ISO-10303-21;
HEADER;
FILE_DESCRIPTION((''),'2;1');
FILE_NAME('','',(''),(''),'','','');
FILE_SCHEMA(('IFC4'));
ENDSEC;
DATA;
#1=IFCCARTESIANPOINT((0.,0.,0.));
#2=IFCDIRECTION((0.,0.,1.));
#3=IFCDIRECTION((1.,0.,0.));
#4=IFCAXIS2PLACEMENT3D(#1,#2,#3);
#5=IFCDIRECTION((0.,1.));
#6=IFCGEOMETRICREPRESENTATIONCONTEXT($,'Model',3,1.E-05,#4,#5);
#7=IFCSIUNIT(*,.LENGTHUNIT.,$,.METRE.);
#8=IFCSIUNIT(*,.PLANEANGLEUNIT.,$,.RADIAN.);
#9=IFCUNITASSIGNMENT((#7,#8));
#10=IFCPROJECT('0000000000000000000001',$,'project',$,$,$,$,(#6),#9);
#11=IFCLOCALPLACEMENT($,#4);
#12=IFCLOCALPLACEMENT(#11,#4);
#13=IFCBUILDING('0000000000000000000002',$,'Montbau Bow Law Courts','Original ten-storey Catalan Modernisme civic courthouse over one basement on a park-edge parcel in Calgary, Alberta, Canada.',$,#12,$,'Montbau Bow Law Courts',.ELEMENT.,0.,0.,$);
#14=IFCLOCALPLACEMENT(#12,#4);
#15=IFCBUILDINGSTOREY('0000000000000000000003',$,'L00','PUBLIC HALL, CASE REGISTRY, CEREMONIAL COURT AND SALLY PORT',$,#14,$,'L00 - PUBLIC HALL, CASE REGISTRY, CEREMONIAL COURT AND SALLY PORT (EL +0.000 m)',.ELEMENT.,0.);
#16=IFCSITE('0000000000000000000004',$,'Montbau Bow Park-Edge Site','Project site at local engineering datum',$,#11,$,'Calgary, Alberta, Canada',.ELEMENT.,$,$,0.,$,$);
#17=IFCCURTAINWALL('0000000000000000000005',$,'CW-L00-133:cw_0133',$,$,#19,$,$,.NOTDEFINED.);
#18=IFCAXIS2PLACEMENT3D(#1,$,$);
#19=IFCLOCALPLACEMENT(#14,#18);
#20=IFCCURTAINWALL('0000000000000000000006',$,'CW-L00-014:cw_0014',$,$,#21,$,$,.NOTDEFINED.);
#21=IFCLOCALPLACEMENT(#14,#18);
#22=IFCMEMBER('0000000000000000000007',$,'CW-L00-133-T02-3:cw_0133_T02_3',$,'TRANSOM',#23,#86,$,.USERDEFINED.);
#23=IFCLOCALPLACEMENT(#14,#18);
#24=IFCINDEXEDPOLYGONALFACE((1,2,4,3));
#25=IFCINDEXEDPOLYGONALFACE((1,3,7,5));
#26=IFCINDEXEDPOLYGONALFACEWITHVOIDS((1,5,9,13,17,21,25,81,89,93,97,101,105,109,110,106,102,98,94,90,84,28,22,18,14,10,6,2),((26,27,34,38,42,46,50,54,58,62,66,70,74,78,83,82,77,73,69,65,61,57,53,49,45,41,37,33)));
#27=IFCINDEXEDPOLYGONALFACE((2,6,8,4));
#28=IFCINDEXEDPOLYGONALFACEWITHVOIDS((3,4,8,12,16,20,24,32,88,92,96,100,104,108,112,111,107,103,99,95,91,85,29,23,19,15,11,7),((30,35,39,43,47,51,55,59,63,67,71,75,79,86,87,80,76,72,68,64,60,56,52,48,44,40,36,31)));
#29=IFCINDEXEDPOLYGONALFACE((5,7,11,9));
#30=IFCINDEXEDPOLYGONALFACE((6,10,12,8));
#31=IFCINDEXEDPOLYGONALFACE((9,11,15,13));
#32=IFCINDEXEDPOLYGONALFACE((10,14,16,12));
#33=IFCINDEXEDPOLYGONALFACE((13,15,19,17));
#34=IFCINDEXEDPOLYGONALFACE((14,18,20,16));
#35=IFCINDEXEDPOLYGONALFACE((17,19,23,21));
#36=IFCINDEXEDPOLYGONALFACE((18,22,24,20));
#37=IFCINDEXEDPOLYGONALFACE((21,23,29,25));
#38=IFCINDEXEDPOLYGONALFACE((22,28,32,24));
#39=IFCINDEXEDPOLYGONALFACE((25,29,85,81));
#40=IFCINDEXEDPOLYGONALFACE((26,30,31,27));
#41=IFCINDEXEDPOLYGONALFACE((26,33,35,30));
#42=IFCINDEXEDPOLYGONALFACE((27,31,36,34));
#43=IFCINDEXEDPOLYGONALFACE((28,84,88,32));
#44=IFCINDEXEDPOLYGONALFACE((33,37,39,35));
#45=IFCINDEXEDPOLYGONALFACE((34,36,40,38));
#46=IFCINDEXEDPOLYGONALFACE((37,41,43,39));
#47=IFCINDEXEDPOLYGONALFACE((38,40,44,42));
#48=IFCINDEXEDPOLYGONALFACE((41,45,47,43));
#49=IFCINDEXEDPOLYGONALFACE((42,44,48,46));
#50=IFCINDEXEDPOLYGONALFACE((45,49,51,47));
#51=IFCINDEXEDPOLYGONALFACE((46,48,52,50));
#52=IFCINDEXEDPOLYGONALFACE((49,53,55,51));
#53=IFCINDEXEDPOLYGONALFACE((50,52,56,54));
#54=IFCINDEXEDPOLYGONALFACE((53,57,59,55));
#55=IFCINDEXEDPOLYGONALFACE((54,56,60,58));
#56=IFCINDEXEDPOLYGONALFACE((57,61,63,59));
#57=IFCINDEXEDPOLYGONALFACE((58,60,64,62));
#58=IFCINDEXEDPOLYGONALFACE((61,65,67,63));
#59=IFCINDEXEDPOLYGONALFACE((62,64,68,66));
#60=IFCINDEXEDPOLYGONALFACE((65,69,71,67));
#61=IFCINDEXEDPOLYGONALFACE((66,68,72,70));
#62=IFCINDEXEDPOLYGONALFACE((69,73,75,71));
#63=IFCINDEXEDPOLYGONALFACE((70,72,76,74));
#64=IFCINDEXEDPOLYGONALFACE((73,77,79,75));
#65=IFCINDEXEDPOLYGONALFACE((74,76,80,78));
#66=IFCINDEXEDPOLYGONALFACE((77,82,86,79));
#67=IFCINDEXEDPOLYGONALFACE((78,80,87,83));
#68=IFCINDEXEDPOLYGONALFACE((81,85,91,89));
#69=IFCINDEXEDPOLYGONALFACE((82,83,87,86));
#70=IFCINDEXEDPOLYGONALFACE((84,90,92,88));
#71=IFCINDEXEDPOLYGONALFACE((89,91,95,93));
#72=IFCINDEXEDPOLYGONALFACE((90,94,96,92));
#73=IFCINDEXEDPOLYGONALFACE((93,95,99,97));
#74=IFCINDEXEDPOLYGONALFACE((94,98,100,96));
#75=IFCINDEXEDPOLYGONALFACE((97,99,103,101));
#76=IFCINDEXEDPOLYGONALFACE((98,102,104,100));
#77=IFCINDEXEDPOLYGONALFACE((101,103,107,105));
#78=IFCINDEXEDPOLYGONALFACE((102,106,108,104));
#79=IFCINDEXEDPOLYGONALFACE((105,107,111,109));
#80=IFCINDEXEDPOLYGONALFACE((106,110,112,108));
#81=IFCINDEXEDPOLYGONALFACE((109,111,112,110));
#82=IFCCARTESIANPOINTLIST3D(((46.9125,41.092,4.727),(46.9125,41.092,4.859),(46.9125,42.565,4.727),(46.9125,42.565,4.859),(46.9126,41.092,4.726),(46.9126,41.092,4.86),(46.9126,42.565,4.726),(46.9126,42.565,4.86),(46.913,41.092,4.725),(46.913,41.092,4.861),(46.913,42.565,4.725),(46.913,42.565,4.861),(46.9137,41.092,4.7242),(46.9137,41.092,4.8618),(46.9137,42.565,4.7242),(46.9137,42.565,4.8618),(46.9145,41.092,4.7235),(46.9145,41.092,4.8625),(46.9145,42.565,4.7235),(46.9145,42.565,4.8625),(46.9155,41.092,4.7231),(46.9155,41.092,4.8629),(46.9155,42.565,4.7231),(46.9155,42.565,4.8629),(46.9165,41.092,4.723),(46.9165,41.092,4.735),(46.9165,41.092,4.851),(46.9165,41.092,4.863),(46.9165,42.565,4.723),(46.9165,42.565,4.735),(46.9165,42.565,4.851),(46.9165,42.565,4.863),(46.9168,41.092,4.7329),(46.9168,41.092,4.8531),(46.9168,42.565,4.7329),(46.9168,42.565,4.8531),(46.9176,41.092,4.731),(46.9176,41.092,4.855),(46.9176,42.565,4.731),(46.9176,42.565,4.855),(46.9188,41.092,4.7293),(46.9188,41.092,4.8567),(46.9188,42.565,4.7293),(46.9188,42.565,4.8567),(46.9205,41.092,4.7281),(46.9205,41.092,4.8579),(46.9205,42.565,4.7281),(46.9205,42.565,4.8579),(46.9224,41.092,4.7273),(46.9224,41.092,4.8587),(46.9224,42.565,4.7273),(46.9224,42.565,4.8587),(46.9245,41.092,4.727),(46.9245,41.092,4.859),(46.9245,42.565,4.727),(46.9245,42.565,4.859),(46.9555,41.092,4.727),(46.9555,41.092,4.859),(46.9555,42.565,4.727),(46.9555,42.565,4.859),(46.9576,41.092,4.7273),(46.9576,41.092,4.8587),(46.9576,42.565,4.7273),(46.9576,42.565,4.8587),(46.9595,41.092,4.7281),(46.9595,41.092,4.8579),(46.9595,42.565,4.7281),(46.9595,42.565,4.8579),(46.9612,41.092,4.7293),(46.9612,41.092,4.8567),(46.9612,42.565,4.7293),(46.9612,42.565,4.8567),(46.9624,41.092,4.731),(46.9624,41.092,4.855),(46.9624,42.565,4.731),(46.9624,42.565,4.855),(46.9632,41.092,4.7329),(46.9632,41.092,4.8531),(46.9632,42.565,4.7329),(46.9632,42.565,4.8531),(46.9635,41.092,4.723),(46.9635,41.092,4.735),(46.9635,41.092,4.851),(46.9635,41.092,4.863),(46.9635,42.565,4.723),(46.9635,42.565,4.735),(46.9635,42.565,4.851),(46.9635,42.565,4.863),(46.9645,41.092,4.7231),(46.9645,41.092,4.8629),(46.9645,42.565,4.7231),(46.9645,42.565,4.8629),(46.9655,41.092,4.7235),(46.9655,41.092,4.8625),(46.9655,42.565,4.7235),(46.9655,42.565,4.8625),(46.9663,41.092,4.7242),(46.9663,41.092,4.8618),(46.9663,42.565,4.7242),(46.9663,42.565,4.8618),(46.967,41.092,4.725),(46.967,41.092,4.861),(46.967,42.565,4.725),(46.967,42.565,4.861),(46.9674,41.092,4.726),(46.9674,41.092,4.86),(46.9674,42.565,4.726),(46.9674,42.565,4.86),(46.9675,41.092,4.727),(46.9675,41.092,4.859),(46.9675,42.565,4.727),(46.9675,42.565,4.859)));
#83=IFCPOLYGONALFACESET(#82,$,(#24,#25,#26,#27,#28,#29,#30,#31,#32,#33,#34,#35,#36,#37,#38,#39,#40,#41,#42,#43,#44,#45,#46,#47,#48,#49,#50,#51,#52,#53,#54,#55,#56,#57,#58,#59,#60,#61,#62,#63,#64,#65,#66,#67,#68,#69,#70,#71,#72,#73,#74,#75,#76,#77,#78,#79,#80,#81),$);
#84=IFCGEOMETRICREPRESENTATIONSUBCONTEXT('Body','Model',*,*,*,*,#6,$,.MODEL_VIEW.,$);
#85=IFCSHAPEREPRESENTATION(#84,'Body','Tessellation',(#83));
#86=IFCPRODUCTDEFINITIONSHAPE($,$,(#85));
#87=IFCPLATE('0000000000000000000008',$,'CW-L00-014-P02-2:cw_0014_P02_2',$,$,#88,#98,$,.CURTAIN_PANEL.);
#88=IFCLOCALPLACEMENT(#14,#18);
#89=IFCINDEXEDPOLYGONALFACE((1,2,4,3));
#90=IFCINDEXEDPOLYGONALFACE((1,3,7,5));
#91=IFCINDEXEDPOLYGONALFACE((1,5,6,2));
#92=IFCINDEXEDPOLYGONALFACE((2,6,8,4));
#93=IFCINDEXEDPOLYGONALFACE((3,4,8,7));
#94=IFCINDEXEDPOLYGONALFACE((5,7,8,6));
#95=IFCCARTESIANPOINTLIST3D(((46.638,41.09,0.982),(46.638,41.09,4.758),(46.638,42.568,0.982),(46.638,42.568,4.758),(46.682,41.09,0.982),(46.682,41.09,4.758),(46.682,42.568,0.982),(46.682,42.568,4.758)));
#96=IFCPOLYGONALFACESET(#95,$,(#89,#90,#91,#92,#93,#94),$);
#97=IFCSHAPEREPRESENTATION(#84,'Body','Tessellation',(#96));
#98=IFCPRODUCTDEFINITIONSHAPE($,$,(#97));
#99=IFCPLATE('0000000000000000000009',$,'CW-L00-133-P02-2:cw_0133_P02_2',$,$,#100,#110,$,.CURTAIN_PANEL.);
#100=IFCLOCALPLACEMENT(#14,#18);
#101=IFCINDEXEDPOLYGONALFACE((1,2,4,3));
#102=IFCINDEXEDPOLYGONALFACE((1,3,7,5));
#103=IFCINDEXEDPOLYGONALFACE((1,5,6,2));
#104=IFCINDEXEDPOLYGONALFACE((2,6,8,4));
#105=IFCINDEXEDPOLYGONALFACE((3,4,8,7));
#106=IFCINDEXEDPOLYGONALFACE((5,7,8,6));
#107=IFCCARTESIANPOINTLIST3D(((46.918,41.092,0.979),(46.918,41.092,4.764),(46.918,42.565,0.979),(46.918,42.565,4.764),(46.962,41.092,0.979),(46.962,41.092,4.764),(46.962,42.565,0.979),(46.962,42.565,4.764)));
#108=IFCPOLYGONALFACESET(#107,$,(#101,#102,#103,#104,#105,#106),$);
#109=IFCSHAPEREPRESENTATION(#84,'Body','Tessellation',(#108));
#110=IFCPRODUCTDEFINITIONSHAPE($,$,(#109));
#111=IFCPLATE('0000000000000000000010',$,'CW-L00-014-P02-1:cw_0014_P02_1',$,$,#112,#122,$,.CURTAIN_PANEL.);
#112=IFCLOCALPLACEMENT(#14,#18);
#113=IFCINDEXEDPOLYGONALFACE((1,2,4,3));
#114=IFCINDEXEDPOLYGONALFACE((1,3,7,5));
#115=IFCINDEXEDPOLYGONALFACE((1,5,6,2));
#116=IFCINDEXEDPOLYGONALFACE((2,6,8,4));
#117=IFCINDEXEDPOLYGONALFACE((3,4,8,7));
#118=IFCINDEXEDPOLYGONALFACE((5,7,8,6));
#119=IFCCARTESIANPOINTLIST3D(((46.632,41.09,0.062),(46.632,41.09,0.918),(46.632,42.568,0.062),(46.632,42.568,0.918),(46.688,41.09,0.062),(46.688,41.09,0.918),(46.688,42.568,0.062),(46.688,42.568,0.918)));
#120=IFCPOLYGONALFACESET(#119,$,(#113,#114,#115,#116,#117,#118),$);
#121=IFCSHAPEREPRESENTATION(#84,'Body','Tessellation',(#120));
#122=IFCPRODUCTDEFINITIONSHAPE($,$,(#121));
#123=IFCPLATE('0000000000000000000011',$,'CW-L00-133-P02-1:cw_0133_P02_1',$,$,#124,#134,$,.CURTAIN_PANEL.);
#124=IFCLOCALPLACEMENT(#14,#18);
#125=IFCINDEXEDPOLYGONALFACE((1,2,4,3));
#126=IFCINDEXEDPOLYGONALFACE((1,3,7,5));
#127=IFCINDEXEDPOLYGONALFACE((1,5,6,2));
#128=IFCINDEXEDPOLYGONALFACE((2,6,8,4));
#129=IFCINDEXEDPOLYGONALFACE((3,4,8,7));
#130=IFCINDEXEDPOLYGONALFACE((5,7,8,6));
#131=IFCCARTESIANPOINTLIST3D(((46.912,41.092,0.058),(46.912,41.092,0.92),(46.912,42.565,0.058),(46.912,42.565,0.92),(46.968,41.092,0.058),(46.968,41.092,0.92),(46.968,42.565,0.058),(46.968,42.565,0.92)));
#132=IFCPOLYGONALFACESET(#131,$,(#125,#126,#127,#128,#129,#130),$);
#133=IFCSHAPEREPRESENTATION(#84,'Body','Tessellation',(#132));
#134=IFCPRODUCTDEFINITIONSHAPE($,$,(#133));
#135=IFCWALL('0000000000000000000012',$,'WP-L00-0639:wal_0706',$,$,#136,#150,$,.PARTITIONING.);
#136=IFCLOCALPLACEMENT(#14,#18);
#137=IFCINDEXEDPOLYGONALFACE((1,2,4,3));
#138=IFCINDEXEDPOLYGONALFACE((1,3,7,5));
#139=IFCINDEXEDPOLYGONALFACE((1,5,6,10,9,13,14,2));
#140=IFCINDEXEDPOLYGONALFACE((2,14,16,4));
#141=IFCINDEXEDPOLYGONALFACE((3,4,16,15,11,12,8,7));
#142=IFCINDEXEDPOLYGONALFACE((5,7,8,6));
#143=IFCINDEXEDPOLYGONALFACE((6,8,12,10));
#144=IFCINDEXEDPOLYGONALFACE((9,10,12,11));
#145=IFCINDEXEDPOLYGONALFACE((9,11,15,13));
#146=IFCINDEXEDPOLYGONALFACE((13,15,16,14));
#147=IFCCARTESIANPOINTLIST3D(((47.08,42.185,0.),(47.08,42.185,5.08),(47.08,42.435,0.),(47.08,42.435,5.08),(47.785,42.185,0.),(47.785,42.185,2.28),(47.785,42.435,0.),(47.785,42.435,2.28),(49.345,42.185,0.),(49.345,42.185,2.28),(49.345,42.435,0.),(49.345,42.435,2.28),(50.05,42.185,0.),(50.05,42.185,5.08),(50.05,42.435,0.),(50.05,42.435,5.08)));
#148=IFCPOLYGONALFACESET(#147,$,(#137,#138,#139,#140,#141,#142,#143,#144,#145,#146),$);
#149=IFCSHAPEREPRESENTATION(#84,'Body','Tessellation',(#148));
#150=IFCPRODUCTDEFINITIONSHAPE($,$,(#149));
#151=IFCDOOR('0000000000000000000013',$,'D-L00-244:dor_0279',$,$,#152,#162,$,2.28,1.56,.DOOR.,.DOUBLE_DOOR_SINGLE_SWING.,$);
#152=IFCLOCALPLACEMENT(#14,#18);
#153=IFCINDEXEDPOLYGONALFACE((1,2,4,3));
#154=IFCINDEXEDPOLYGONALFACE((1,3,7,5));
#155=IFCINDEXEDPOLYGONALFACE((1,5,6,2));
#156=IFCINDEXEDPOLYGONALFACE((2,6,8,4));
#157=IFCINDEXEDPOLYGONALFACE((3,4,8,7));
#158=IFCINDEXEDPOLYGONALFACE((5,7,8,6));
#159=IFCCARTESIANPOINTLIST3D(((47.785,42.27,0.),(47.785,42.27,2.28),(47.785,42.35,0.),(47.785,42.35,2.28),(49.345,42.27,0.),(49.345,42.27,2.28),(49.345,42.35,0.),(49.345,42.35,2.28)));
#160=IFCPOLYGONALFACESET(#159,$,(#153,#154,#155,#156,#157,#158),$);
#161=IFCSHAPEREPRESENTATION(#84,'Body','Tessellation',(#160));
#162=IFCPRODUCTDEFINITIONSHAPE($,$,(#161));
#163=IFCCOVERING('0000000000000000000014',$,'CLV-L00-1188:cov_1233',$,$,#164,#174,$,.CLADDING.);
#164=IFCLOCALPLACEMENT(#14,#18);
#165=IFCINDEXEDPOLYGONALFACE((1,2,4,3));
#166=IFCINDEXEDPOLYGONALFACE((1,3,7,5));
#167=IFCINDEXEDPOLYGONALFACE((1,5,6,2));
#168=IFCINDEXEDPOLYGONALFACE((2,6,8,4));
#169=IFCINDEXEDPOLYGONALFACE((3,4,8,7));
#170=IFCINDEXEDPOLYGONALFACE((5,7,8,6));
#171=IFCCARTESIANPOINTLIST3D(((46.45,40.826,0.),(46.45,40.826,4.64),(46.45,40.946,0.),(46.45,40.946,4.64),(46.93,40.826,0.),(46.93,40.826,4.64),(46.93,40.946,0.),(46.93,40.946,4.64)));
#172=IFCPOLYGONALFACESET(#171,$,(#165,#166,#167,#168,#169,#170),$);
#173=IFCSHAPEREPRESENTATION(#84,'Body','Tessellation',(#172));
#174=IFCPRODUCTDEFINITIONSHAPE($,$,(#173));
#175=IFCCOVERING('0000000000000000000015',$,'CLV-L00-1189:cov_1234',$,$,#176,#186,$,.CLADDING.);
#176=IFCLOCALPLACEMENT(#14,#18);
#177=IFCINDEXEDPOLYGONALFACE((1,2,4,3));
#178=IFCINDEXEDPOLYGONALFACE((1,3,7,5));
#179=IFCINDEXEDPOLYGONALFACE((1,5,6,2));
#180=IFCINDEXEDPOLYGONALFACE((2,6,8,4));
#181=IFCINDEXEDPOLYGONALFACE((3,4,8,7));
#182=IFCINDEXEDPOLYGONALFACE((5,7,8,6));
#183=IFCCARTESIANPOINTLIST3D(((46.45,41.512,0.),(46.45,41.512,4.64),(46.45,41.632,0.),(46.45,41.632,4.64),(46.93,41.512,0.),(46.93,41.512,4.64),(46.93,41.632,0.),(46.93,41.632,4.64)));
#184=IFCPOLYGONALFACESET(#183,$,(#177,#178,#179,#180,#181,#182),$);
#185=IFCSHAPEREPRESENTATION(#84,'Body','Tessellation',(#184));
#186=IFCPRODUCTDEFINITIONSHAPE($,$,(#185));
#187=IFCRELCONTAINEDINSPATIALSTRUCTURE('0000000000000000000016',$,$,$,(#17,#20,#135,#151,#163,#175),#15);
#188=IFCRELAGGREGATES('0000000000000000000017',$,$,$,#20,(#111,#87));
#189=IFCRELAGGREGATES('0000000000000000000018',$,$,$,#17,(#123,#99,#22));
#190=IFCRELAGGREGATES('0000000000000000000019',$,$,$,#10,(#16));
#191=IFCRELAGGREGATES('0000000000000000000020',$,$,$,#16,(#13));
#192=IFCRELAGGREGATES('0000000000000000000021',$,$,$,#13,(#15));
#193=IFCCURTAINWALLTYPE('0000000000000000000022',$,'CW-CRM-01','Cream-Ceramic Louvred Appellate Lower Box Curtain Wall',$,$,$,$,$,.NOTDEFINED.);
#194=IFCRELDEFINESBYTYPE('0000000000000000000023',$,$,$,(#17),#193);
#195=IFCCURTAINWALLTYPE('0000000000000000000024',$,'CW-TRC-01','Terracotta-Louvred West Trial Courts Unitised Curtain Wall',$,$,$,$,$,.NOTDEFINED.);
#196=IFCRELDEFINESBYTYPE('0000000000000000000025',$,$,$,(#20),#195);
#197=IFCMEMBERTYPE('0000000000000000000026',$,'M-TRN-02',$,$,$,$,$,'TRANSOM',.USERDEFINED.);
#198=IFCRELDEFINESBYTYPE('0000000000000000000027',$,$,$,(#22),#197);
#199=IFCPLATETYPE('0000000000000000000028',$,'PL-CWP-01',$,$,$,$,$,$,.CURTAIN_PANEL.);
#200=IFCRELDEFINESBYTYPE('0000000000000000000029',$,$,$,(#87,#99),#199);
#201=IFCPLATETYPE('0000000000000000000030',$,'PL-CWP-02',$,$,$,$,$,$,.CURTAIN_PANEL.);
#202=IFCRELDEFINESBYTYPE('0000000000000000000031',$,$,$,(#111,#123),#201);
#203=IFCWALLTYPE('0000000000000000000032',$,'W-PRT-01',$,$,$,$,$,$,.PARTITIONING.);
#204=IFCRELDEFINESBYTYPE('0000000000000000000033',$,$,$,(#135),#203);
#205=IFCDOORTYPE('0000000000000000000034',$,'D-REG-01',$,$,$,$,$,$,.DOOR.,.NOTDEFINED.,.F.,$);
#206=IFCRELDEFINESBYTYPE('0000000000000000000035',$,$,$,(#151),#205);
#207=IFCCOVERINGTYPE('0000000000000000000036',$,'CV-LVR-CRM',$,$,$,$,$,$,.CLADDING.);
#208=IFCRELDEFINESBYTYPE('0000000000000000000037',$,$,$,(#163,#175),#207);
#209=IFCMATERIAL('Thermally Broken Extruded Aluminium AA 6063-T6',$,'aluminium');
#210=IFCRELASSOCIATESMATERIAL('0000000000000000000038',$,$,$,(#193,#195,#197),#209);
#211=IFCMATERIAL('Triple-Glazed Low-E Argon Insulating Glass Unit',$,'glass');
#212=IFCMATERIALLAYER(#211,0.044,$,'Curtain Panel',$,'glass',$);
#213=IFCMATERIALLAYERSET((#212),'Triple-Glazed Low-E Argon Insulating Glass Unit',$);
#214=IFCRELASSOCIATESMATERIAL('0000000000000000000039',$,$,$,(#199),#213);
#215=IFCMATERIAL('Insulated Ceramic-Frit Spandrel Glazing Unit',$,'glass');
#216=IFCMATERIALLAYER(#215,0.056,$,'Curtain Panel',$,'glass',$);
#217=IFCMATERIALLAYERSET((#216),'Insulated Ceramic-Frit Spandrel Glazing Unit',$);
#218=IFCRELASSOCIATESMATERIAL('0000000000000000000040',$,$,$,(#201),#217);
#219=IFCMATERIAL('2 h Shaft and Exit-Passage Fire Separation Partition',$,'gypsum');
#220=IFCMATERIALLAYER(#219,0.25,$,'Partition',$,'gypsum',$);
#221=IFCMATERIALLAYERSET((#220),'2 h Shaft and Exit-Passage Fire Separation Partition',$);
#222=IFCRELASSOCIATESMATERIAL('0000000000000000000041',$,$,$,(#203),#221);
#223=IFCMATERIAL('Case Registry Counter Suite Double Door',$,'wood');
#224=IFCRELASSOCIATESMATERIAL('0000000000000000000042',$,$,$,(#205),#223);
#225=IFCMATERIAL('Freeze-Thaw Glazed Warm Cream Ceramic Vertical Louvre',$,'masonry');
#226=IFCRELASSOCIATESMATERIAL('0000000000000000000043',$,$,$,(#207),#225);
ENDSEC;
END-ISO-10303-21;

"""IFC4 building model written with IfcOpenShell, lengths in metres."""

from ifc_helpers import new_model, si_unit, direction, frame, frame_2d, origin_with_axes, origin_2d_with_axis, place, context, subcontext, project, spatial, rectangle, hollow_rectangle, extrude, material, layer, layer_set, material_profile, profile_set, type_object, element, fill, aggregate, save


model = new_model("IFC4")

# Units and contexts
model_context = context("Model", 3, precision=1e-05, world=origin_with_axes(), true_north=direction((0.0, 1.0)))
body_context = subcontext(model_context, "Body", "Model", "MODEL_VIEW")
ifc_project = project(units=[si_unit("LENGTHUNIT", "METRE"), si_unit("PLANEANGLEUNIT", "RADIAN")], contexts=[model_context])

# Site, building, storey
site_placement = place(None, origin_with_axes())
site = spatial("IfcSite", under=ifc_project, at=site_placement, Name="Montbau Bow Park-Edge Site", Description="Project site at local engineering datum", LongName="Calgary, Alberta, Canada", CompositionType="ELEMENT", RefElevation=0.0)
building_placement = place(site_placement, origin_with_axes())
building = spatial("IfcBuilding", under=site, at=building_placement, Name="Montbau Bow Law Courts", Description="Original ten-storey Catalan Modernisme civic courthouse over one basement on a park-edge parcel in Calgary, Alberta, Canada.", LongName="Montbau Bow Law Courts", CompositionType="ELEMENT", ElevationOfRefHeight=0.0, ElevationOfTerrain=0.0)
storey_placement = place(building_placement, origin_with_axes())
storey = spatial("IfcBuildingStorey", under=building, at=storey_placement, Name="L00", Description="PUBLIC HALL, CASE REGISTRY, CEREMONIAL COURT AND SALLY PORT", LongName="L00 - PUBLIC HALL, CASE REGISTRY, CEREMONIAL COURT AND SALLY PORT (EL +0.000 m)", CompositionType="ELEMENT", Elevation=0.0)

# Curtain wall
ifc_material_1 = material(Name="Thermally Broken Extruded Aluminium AA 6063-T6", Category="aluminium")
curtain_wall_type_1 = type_object("IfcCurtainWallType", Name="CW-CRM-01", Description="Cream-Ceramic Louvred Appellate Lower Box Curtain Wall", PredefinedType="NOTDEFINED", material=ifc_material_1)
curtain_wall_1_placement = place(None, frame((46.94, 39.515, 0.0), z_axis=(0.0, 0.0, 1.0), x_axis=(1.0, 0.0, 0.0)))
curtain_wall_1 = element("IfcCurtainWall", 1, at=curtain_wall_1_placement, inside=storey, type_object=curtain_wall_type_1, Name="CW-L00-133:cw_0133", PredefinedType="NOTDEFINED")

# Curtain wall
curtain_wall_type_2 = type_object("IfcCurtainWallType", Name="CW-TRC-01", Description="Terracotta-Louvred West Trial Courts Unitised Curtain Wall", PredefinedType="NOTDEFINED", material=ifc_material_1)
curtain_wall_2_placement = place(None, frame((46.66, 39.515, 0.0), z_axis=(0.0, 0.0, 1.0), x_axis=(1.0, 0.0, 0.0)))
curtain_wall_2 = element("IfcCurtainWall", 2, at=curtain_wall_2_placement, inside=storey, type_object=curtain_wall_type_2, Name="CW-L00-014:cw_0014", PredefinedType="NOTDEFINED")

# Member
ifc_material_profile_1 = material_profile(ifc_material_1, hollow_rectangle(XDim=0.055, YDim=0.14, WallThickness=0.004, InnerFilletRadius=0.008, OuterFilletRadius=0.004, at=origin_2d_with_axis()), Name="CWT-140X55", Category="Main", Priority=0)
ifc_profile_set_1 = profile_set([ifc_material_profile_1], Name="Thermally Broken Extruded Aluminium AA 6063-T6")
member_type_1 = type_object("IfcMemberType", Name="M-TRN-02", ElementType="TRANSOM", PredefinedType="USERDEFINED", material=ifc_profile_set_1)
member_1_placement = place(None, frame((46.94, 41.092, 4.793), z_axis=(0.0, 1.0, 0.0), x_axis=(-1.0, 0.0, 0.0)))
member_1 = element("IfcMember", 3, at=member_1_placement, type_object=member_type_1, Name="CW-L00-133-T02-3:cw_0133_T02_3", ObjectType="TRANSOM", PredefinedType="USERDEFINED", context=body_context, shape_type="SweptSolid", body=[
    extrude(hollow_rectangle(XDim=0.055, YDim=0.14, WallThickness=0.004, InnerFilletRadius=0.008, OuterFilletRadius=0.004, at=origin_2d_with_axis()), origin_with_axes(), (0.0, 0.0, 1.0), 1.473),
])

# Plates
ifc_material_2 = material(Name="Triple-Glazed Low-E Argon Insulating Glass Unit", Category="glass")
ifc_layer_1 = layer(ifc_material_2, 0.044, Name="Curtain Panel", Category="glass")
ifc_layer_set_1 = layer_set([ifc_layer_1], Name="Triple-Glazed Low-E Argon Insulating Glass Unit")
plate_type_1 = type_object("IfcPlateType", Name="PL-CWP-01", PredefinedType="CURTAIN_PANEL", material=ifc_layer_set_1)
plate_1_placement = place(None, frame((46.66, 41.09, 0.982), z_axis=(1.0, 0.0, 0.0), x_axis=(0.0, 1.0, 0.0)))
plate_1 = element("IfcPlate", 4, at=plate_1_placement, type_object=plate_type_1, Name="CW-L00-014-P02-2:cw_0014_P02_2", PredefinedType="CURTAIN_PANEL", context=body_context, shape_type="SweptSolid", body=[
    extrude(rectangle(XDim=1.478, YDim=3.776, at=frame_2d((0.739, 1.888), x_axis=(1.0, 0.0))), frame((0.0, 0.0, -0.022), z_axis=(0.0, 0.0, 1.0), x_axis=(1.0, 0.0, 0.0)), (0.0, 0.0, 1.0), 0.044),
])
plate_2_placement = place(None, frame((46.94, 41.092, 0.979), z_axis=(1.0, 0.0, 0.0), x_axis=(0.0, 1.0, 0.0)))
plate_2 = element("IfcPlate", 5, at=plate_2_placement, type_object=plate_type_1, Name="CW-L00-133-P02-2:cw_0133_P02_2", PredefinedType="CURTAIN_PANEL", context=body_context, shape_type="SweptSolid", body=[
    extrude(rectangle(XDim=1.473, YDim=3.785, at=frame_2d((0.7365, 1.8925), x_axis=(1.0, 0.0))), frame((0.0, 0.0, -0.022), z_axis=(0.0, 0.0, 1.0), x_axis=(1.0, 0.0, 0.0)), (0.0, 0.0, 1.0), 0.044),
])
ifc_material_3 = material(Name="Insulated Ceramic-Frit Spandrel Glazing Unit", Category="glass")
ifc_layer_2 = layer(ifc_material_3, 0.056, Name="Curtain Panel", Category="glass")
ifc_layer_set_2 = layer_set([ifc_layer_2], Name="Insulated Ceramic-Frit Spandrel Glazing Unit")
plate_type_2 = type_object("IfcPlateType", Name="PL-CWP-02", PredefinedType="CURTAIN_PANEL", material=ifc_layer_set_2)
plate_3_placement = place(None, frame((46.66, 41.09, 0.062), z_axis=(1.0, 0.0, 0.0), x_axis=(0.0, 1.0, 0.0)))
plate_3 = element("IfcPlate", 6, at=plate_3_placement, type_object=plate_type_2, Name="CW-L00-014-P02-1:cw_0014_P02_1", PredefinedType="CURTAIN_PANEL", context=body_context, shape_type="SweptSolid", body=[
    extrude(rectangle(XDim=1.478, YDim=0.856, at=frame_2d((0.739, 0.428), x_axis=(1.0, 0.0))), frame((0.0, 0.0, -0.028), z_axis=(0.0, 0.0, 1.0), x_axis=(1.0, 0.0, 0.0)), (0.0, 0.0, 1.0), 0.056),
])
aggregate(curtain_wall_2, [plate_3, plate_1])
plate_4_placement = place(None, frame((46.94, 41.092, 0.058), z_axis=(1.0, 0.0, 0.0), x_axis=(0.0, 1.0, 0.0)))
plate_4 = element("IfcPlate", 7, at=plate_4_placement, type_object=plate_type_2, Name="CW-L00-133-P02-1:cw_0133_P02_1", PredefinedType="CURTAIN_PANEL", context=body_context, shape_type="SweptSolid", body=[
    extrude(rectangle(XDim=1.473, YDim=0.862, at=frame_2d((0.7365, 0.431), x_axis=(1.0, 0.0))), frame((0.0, 0.0, -0.028), z_axis=(0.0, 0.0, 1.0), x_axis=(1.0, 0.0, 0.0)), (0.0, 0.0, 1.0), 0.056),
])
aggregate(curtain_wall_1, [plate_4, plate_2, member_1])

# Wall, opening, door
ifc_material_4 = material(Name="2 h Shaft and Exit-Passage Fire Separation Partition", Category="gypsum")
ifc_layer_3 = layer(ifc_material_4, 0.25, Name="Partition", Category="gypsum")
ifc_layer_set_3 = layer_set([ifc_layer_3], Name="2 h Shaft and Exit-Passage Fire Separation Partition")
wall_type = type_object("IfcWallType", Name="W-PRT-01", PredefinedType="PARTITIONING", material=ifc_layer_set_3)
wall_placement = place(None, frame((47.08, 42.31, 0.0), z_axis=(0.0, 0.0, 1.0), x_axis=(1.0, 0.0, 0.0)))
wall = element("IfcWall", 8, at=wall_placement, inside=storey, type_object=wall_type, Name="WP-L00-0639:wal_0706", PredefinedType="PARTITIONING", context=body_context, shape_type="SweptSolid", body=[
    extrude(rectangle(XDim=2.97, YDim=0.25, at=frame_2d((1.485, 0.0), x_axis=(1.0, 0.0))), origin_with_axes(), (0.0, 0.0, 1.0), 5.08),
])
opening_placement = place(None, frame((48.565, 42.31, 0.0), z_axis=(0.0, 0.0, 1.0), x_axis=(1.0, 0.0, 0.0)))
opening = element("IfcOpeningElement", 9, at=opening_placement, cuts=wall, PredefinedType="OPENING", context=body_context, shape_type="SweptSolid", body=[
    extrude(rectangle(XDim=1.56, YDim=2.28, at=frame_2d((0.0, 1.14), x_axis=(1.0, 0.0))), frame((0.0, 0.135, 0.0), z_axis=(0.0, -1.0, 0.0), x_axis=(1.0, 0.0, 0.0)), (0.0, 0.0, 1.0), 0.27),
])
ifc_material_5 = material(Name="Case Registry Counter Suite Double Door", Category="wood")
door_type = type_object("IfcDoorType", Name="D-REG-01", OperationType="NOTDEFINED", ParameterTakesPrecedence=False, PredefinedType="DOOR", material=ifc_material_5)
door_placement = place(None, frame((48.565, 42.31, 0.0), z_axis=(0.0, 0.0, 1.0), x_axis=(-1.0, 0.0, 0.0)))
door = element("IfcDoor", 10, at=door_placement, inside=storey, type_object=door_type, Name="D-L00-244:dor_0279", OperationType="DOUBLE_DOOR_SINGLE_SWING", OverallHeight=2.28, OverallWidth=1.56, PredefinedType="DOOR", context=body_context, shape_type="SweptSolid", body=[
    extrude(rectangle(XDim=1.56, YDim=2.28, at=frame_2d((0.0, 1.14), x_axis=(1.0, 0.0))), frame((0.0, 0.04, 0.0), z_axis=(0.0, -1.0, 0.0), x_axis=(1.0, 0.0, 0.0)), (0.0, 0.0, 1.0), 0.08),
])
fill(opening, door)

# Coverings
ifc_material_6 = material(Name="Freeze-Thaw Glazed Warm Cream Ceramic Vertical Louvre", Category="masonry")
covering_type_1 = type_object("IfcCoveringType", Name="CV-LVR-CRM", PredefinedType="CLADDING", material=ifc_material_6)
for number, where, z_axis, x_axis, name in (
    (11, (46.93, 40.886, 0.0), (0.0, 1.0, 0.0), (-1.0, 0.0, 0.0), "CLV-L00-1188:cov_1233"),
    (12, (46.93, 41.572, 0.0), (0.0, 1.0, 0.0), (-1.0, 0.0, 0.0), "CLV-L00-1189:cov_1234"),
):
    element("IfcCovering", number, at=place(None, frame(where, z_axis=z_axis, x_axis=x_axis)), inside=storey, type_object=covering_type_1, Name=name, PredefinedType="CLADDING", context=body_context, shape_type="SweptSolid", body=[
        extrude(rectangle(XDim=0.48, YDim=4.64, at=frame_2d((0.24, 2.32), x_axis=(1.0, 0.0))), frame((0.0, 0.0, -0.06), z_axis=(0.0, 0.0, 1.0), x_axis=(1.0, 0.0, 0.0)), (0.0, 0.0, 1.0), 0.12),
    ])

save(model, "model.ifc")
